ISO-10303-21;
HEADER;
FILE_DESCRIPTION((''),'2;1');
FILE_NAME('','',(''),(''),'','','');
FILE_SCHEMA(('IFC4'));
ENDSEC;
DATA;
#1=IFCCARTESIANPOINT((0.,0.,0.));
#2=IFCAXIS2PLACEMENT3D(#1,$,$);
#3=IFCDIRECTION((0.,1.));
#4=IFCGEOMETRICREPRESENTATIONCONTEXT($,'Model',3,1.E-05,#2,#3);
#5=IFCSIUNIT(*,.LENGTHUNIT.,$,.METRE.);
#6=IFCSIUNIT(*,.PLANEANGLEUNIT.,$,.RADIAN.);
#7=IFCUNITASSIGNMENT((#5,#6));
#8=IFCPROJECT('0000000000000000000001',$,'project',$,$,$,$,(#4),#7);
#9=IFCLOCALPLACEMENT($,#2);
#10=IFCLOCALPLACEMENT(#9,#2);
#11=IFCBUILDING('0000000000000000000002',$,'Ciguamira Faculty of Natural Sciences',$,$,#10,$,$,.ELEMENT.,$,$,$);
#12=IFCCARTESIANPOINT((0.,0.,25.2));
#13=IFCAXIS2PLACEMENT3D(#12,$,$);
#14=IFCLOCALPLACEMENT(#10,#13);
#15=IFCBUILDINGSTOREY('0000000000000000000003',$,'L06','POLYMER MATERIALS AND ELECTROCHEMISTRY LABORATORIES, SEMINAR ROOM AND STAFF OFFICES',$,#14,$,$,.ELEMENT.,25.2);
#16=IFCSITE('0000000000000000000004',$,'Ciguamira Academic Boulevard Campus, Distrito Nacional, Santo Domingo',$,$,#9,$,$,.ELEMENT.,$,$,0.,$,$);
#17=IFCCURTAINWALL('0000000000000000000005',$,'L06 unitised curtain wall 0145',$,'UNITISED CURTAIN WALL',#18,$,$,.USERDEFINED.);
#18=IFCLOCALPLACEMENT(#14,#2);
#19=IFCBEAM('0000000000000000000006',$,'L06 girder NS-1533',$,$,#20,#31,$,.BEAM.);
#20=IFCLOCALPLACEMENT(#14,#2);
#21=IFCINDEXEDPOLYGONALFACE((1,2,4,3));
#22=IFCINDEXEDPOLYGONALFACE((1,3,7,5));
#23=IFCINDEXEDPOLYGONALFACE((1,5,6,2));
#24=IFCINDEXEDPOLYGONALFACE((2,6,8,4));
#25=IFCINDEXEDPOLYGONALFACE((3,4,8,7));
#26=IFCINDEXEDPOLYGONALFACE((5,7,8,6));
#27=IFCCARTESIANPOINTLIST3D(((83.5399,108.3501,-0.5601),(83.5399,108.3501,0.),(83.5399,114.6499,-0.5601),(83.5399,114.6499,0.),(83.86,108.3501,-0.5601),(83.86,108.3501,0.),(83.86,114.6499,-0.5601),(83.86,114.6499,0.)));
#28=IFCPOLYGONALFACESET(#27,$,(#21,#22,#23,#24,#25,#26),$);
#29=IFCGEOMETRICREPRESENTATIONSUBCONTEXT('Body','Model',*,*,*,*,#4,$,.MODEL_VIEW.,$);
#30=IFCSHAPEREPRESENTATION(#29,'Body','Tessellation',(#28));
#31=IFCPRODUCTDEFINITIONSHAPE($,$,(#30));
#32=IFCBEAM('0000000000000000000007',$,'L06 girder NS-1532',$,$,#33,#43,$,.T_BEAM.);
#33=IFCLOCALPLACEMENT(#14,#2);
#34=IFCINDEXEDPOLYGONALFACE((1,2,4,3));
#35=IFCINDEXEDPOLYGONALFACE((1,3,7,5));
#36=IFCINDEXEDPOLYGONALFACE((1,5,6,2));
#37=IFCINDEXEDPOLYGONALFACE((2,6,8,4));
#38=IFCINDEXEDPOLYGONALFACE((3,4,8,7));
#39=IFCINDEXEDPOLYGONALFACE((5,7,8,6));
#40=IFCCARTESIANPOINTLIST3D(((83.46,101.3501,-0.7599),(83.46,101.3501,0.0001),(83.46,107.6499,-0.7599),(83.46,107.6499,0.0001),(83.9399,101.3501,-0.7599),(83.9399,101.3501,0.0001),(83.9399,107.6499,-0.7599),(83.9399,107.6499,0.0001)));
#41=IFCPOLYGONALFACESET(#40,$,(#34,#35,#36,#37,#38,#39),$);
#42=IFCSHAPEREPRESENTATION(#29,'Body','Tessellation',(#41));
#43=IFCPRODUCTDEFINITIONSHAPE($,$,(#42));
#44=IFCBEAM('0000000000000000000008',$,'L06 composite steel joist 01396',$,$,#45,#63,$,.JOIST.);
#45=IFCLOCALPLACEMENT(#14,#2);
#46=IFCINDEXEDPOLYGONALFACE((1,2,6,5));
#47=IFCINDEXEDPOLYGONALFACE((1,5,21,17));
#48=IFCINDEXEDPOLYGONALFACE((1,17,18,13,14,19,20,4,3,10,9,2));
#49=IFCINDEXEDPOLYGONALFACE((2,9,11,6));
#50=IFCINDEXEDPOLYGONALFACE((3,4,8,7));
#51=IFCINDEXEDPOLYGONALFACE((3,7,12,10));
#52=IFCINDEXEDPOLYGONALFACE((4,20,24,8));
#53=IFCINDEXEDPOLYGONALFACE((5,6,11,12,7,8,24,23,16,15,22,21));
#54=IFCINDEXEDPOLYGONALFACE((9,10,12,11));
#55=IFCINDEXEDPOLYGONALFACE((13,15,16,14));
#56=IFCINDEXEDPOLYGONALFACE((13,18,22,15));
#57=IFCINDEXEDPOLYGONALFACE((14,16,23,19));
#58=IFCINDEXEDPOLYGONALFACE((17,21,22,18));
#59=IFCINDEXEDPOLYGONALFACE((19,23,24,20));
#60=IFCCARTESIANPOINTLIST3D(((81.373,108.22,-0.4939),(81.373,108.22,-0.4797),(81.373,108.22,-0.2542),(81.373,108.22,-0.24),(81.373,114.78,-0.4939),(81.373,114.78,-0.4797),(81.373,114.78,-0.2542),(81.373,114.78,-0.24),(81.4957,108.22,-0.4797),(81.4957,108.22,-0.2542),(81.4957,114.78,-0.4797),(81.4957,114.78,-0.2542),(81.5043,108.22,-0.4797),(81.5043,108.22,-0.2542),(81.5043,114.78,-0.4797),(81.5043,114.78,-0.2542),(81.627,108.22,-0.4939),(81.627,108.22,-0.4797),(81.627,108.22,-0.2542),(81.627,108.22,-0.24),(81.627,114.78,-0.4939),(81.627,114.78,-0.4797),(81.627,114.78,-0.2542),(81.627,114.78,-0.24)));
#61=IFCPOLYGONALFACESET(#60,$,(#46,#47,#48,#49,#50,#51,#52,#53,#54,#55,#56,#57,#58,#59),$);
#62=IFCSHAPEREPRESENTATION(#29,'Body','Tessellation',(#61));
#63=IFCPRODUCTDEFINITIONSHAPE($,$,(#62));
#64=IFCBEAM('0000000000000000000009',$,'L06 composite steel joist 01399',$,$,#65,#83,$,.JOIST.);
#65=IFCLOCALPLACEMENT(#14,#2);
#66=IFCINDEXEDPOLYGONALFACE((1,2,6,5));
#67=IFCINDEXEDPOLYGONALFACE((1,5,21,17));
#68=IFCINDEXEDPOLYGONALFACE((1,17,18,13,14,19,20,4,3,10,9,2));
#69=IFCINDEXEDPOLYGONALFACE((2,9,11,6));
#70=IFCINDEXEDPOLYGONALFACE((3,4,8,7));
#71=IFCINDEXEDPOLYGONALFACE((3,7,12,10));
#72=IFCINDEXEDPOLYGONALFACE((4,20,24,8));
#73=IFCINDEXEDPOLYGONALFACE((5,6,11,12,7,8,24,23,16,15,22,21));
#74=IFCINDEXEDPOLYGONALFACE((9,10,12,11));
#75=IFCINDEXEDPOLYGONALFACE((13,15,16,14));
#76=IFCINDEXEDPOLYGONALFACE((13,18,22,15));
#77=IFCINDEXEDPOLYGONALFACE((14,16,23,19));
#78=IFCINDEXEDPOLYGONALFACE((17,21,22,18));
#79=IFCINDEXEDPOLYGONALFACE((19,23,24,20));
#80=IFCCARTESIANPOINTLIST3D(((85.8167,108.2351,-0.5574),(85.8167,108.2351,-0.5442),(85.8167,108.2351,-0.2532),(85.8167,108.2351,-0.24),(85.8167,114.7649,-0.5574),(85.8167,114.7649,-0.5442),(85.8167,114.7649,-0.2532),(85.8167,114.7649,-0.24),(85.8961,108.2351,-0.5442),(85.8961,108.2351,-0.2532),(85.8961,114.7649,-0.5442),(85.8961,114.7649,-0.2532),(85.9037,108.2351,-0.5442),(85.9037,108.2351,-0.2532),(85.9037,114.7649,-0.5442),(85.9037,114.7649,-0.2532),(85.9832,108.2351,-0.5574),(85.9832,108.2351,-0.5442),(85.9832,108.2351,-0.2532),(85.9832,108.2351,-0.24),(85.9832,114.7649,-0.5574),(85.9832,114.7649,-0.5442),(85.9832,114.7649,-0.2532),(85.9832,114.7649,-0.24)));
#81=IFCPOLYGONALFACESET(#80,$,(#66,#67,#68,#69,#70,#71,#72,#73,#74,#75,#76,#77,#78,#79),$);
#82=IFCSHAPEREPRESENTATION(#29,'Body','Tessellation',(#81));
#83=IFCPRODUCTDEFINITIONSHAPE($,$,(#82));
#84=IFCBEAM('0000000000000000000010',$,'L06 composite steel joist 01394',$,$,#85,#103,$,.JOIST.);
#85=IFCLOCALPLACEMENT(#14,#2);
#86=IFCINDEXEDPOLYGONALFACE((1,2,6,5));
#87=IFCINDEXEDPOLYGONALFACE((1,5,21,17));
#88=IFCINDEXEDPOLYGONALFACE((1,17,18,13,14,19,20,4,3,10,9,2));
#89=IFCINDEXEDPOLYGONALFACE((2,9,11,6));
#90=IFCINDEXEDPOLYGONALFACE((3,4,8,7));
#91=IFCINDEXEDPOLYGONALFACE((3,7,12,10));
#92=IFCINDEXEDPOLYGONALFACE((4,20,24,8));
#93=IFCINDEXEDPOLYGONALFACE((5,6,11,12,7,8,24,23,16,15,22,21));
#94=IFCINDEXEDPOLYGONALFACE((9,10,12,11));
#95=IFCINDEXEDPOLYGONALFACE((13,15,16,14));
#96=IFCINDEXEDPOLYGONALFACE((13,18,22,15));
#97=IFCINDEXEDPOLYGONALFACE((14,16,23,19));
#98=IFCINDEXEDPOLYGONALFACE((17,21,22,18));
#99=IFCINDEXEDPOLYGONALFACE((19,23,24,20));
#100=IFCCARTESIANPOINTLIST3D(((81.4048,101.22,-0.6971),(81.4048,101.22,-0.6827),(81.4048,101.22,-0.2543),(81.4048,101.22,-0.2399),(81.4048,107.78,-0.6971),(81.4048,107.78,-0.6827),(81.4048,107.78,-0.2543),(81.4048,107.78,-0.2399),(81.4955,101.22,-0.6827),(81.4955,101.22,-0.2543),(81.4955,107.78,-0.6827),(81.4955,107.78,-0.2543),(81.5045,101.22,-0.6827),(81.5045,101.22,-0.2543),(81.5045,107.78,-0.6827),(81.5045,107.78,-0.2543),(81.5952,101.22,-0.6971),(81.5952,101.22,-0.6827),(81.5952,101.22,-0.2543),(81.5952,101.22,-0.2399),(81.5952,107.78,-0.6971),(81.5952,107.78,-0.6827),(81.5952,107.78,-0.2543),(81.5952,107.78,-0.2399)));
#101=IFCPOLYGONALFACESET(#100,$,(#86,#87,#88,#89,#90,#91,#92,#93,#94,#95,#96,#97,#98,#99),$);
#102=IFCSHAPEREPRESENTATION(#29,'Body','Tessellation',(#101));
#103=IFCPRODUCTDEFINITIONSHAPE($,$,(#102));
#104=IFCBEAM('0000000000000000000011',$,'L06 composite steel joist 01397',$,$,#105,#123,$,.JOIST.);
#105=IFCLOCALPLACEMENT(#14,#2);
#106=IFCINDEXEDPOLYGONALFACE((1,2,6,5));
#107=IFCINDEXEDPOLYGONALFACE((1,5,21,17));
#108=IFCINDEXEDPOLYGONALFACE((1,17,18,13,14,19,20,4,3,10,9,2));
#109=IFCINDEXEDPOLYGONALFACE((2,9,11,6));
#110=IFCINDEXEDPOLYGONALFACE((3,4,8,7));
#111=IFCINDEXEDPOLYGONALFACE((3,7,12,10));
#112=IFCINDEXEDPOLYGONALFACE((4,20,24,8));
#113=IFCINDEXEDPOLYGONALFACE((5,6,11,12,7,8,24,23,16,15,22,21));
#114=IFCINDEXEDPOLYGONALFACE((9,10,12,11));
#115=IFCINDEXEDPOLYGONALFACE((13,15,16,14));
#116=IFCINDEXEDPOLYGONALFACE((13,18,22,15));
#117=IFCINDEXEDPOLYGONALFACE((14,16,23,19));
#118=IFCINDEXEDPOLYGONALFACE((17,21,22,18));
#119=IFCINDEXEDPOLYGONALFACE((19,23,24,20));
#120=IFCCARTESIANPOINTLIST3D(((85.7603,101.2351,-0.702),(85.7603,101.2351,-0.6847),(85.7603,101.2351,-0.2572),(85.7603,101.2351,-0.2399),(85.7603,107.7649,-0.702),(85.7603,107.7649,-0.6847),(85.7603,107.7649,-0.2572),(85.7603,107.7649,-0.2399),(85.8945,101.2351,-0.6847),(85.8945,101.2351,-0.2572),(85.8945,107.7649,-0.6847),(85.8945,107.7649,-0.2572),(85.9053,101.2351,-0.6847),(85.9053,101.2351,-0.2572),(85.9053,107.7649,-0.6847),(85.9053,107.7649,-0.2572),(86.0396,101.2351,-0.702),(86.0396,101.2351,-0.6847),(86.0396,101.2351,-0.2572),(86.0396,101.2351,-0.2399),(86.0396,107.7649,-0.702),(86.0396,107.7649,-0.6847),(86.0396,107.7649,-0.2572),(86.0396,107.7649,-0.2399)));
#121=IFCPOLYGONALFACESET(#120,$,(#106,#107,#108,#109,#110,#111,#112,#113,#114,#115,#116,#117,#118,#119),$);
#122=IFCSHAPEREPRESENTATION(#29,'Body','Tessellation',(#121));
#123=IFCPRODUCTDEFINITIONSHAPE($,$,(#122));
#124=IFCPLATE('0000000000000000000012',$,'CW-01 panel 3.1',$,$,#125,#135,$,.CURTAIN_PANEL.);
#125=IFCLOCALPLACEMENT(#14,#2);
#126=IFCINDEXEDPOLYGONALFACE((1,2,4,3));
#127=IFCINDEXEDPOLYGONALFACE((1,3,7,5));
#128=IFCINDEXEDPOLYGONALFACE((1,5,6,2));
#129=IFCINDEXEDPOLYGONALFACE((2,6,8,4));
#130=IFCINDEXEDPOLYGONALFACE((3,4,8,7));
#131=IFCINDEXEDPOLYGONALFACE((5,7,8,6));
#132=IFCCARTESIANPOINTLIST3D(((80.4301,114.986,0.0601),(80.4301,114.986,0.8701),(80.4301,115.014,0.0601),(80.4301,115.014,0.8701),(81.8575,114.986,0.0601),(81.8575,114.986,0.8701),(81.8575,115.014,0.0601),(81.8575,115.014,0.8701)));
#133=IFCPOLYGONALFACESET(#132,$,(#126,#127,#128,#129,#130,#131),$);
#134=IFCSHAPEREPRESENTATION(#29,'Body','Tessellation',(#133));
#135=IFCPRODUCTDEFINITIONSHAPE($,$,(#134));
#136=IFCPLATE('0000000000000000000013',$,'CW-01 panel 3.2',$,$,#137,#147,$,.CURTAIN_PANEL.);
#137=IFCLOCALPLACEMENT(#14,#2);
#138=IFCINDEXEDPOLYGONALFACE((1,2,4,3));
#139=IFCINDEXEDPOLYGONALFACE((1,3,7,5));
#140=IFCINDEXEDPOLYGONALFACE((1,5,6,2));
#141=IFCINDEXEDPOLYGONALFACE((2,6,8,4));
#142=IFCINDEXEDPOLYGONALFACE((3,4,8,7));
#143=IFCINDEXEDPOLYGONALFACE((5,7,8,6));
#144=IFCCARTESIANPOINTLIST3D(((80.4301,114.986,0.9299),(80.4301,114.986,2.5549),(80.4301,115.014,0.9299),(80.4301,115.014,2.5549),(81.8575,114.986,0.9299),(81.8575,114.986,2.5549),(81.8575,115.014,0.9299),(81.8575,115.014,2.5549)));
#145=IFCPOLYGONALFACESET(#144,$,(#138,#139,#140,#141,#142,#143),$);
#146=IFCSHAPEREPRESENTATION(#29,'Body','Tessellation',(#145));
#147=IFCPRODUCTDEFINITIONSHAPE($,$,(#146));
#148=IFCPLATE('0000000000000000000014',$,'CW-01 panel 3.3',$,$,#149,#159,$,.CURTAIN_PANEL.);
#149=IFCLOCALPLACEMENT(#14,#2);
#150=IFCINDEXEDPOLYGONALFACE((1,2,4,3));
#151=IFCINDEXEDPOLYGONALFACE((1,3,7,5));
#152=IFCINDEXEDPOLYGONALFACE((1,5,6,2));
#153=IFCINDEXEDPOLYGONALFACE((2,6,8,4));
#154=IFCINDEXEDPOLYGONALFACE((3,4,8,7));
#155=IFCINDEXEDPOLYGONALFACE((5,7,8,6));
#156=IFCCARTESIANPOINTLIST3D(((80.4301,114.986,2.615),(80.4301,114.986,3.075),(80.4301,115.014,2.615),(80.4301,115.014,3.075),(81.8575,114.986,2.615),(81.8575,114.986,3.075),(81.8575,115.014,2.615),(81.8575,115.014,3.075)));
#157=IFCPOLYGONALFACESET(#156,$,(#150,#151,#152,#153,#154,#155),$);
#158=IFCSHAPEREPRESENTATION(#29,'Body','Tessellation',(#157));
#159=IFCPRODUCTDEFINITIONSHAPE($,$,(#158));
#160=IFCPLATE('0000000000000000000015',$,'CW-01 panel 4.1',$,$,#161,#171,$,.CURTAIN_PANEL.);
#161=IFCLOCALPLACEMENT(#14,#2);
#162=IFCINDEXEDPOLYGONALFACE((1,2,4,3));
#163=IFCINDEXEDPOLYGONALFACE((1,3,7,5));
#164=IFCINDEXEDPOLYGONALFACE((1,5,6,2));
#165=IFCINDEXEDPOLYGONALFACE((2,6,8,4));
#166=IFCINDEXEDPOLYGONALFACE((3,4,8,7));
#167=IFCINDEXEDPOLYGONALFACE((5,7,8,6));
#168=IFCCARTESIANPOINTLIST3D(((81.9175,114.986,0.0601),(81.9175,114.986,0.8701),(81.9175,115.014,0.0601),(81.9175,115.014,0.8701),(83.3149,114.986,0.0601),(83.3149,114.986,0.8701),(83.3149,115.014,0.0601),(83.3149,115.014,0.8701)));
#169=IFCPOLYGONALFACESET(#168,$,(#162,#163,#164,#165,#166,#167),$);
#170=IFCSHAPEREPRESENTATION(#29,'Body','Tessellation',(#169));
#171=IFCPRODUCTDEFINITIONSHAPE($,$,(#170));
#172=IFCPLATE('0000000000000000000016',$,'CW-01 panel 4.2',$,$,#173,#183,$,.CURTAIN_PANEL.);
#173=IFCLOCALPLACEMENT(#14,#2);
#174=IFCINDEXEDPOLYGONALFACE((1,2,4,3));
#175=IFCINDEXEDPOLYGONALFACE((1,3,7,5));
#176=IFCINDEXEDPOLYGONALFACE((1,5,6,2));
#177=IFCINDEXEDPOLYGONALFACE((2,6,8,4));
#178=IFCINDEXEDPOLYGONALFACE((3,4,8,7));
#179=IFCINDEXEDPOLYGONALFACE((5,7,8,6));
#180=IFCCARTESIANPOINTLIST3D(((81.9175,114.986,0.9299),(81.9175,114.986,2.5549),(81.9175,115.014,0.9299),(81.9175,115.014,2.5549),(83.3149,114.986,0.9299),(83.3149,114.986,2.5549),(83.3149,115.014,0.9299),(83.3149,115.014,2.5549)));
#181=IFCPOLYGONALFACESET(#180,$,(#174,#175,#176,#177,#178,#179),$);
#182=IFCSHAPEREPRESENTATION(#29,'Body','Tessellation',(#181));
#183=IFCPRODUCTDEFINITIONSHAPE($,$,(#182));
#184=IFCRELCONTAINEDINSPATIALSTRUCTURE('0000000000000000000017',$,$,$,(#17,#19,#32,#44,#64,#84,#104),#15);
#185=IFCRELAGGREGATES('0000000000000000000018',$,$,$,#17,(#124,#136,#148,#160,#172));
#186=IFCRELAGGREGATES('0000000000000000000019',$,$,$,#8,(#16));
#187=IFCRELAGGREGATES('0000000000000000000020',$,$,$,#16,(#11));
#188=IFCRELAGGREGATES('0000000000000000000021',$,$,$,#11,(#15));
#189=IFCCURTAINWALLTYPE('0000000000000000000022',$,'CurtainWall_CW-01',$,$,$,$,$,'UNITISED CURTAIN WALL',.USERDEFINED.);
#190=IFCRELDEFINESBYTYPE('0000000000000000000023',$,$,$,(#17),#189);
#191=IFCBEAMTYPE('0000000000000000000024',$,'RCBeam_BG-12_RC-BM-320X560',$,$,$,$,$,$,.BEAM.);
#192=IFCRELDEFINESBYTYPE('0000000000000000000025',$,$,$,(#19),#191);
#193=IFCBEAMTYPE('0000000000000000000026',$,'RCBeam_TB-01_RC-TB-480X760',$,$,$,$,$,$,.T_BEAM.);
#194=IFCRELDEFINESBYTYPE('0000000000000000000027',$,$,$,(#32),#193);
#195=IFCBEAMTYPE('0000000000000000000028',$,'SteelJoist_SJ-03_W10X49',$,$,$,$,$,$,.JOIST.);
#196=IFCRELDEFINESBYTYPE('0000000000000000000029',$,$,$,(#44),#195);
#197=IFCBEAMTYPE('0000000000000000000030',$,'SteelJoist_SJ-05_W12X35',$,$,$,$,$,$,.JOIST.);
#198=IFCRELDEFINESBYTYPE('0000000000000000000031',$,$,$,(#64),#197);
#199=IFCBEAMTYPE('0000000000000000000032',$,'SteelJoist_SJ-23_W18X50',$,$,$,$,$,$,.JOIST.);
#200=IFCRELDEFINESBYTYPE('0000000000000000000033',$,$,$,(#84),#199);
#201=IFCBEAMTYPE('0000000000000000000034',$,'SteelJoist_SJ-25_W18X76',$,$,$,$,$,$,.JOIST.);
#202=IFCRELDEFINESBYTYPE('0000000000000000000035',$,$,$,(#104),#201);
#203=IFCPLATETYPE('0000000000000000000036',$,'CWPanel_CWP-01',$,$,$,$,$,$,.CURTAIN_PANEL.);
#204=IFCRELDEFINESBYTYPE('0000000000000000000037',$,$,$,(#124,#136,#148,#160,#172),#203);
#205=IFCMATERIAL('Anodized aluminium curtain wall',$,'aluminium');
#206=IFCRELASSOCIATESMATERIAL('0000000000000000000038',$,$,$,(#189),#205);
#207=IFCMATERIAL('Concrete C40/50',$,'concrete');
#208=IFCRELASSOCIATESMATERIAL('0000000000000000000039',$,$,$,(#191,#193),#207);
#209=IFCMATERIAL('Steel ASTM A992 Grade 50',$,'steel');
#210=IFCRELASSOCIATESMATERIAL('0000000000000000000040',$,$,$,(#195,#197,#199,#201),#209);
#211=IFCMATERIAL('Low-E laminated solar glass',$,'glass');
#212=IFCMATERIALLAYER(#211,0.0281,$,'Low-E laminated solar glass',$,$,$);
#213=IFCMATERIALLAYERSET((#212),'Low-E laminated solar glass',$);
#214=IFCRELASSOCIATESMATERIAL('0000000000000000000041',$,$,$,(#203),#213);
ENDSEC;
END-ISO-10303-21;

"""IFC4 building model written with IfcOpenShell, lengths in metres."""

from ifc_helpers import new_model, si_unit, direction, frame, origin, origin_2d, place, context, subcontext, project, spatial, rectangle, i_section, extrude, material, layer, layer_set, material_profile, profile_set, type_object, element, aggregate, save


model = new_model("IFC4")

# Units and contexts
model_context = context("Model", 3, precision=1e-05, world=origin(), true_north=direction((0.0, 1.0)))
body_context = subcontext(model_context, "Body", "Model", "MODEL_VIEW")
ifc_project = project(units=[si_unit("LENGTHUNIT", "METRE"), si_unit("PLANEANGLEUNIT", "RADIAN")], contexts=[model_context])

# Site, building, storey
site_placement = place(None, origin())
site = spatial("IfcSite", under=ifc_project, at=site_placement, Name="Ciguamira Academic Boulevard Campus, Distrito Nacional, Santo Domingo", CompositionType="ELEMENT", RefElevation=0.0)
building_placement = place(site_placement, origin())
building = spatial("IfcBuilding", under=site, at=building_placement, Name="Ciguamira Faculty of Natural Sciences", CompositionType="ELEMENT")
storey_placement = place(building_placement, frame((0.0, 0.0, 25.2)))
storey = spatial("IfcBuildingStorey", under=building, at=storey_placement, Name="L06", Description="POLYMER MATERIALS AND ELECTROCHEMISTRY LABORATORIES, SEMINAR ROOM AND STAFF OFFICES", CompositionType="ELEMENT", Elevation=25.2)

# Shared definitions
ifc_material_1 = material(Name="Concrete C40/50", Category="concrete")

# Curtain wall
ifc_material_2 = material(Name="Anodized aluminium curtain wall", Category="aluminium")
curtain_wall_type = type_object("IfcCurtainWallType", Name="CurtainWall_CW-01", ElementType="UNITISED CURTAIN WALL", PredefinedType="USERDEFINED", material=ifc_material_2)
curtain_wall_placement = place(storey_placement, origin())
curtain_wall = element("IfcCurtainWall", 1, at=curtain_wall_placement, inside=storey, type_object=curtain_wall_type, Name="L06 unitised curtain wall 0145", ObjectType="UNITISED CURTAIN WALL", PredefinedType="USERDEFINED")

# Beams
ifc_material_profile_1 = material_profile(ifc_material_1, rectangle(XDim=0.3201, YDim=0.5601, at=origin_2d()), Name="RC-BM-320X560")
ifc_profile_set_1 = profile_set([ifc_material_profile_1], Name="Concrete C40/50")
beam_type_1 = type_object("IfcBeamType", Name="RCBeam_BG-12_RC-BM-320X560", PredefinedType="BEAM", material=ifc_profile_set_1)
beam_1_placement = place(storey_placement, frame((83.7, 108.3501, -0.28), z_axis=(0.0, 1.0, 0.0), x_axis=(-1.0, 0.0, 0.0)))
element("IfcBeam", 2, at=beam_1_placement, inside=storey, type_object=beam_type_1, Name="L06 girder NS-1533", PredefinedType="BEAM", context=body_context, shape_type="SweptSolid", body=[
    extrude(rectangle(XDim=0.3201, YDim=0.5601, at=origin_2d()), origin(), (0.0, 0.0, 1.0), 6.2998),
])
ifc_material_profile_2 = material_profile(ifc_material_1, rectangle(XDim=0.48, YDim=0.76, at=origin_2d()), Name="RC-TB-480X760")
ifc_profile_set_2 = profile_set([ifc_material_profile_2], Name="Concrete C40/50")
beam_type_2 = type_object("IfcBeamType", Name="RCBeam_TB-01_RC-TB-480X760", PredefinedType="T_BEAM", material=ifc_profile_set_2)
beam_2_placement = place(storey_placement, frame((83.7, 101.3501, -0.3799), z_axis=(0.0, 1.0, 0.0), x_axis=(-1.0, 0.0, 0.0)))
element("IfcBeam", 3, at=beam_2_placement, inside=storey, type_object=beam_type_2, Name="L06 girder NS-1532", PredefinedType="T_BEAM", context=body_context, shape_type="SweptSolid", body=[
    extrude(rectangle(XDim=0.48, YDim=0.76, at=origin_2d()), origin(), (0.0, 0.0, 1.0), 6.2998),
])
ifc_material_3 = material(Name="Steel ASTM A992 Grade 50", Category="steel")
ifc_material_profile_3 = material_profile(ifc_material_3, i_section(OverallWidth=0.2539, OverallDepth=0.2539, WebThickness=0.0085, FlangeThickness=0.0142, at=origin_2d()), Name="W10X49")
ifc_profile_set_3 = profile_set([ifc_material_profile_3], Name="Steel ASTM A992 Grade 50")
beam_type_3 = type_object("IfcBeamType", Name="SteelJoist_SJ-03_W10X49", PredefinedType="JOIST", material=ifc_profile_set_3)
beam_3_placement = place(storey_placement, frame((81.5, 108.22, -0.3669), z_axis=(0.0, 1.0, 0.0), x_axis=(-1.0, 0.0, 0.0)))
element("IfcBeam", 4, at=beam_3_placement, inside=storey, type_object=beam_type_3, Name="L06 composite steel joist 01396", PredefinedType="JOIST", context=body_context, shape_type="SweptSolid", body=[
    extrude(i_section(OverallWidth=0.2539, OverallDepth=0.2539, WebThickness=0.0085, FlangeThickness=0.0142, at=origin_2d()), origin(), (0.0, 0.0, 1.0), 6.5601),
])
ifc_material_profile_4 = material_profile(ifc_material_3, i_section(OverallWidth=0.1665, OverallDepth=0.3174, WebThickness=0.0076, FlangeThickness=0.0132, at=origin_2d()), Name="W12X35")
ifc_profile_set_4 = profile_set([ifc_material_profile_4], Name="Steel ASTM A992 Grade 50")
beam_type_4 = type_object("IfcBeamType", Name="SteelJoist_SJ-05_W12X35", PredefinedType="JOIST", material=ifc_profile_set_4)
beam_4_placement = place(storey_placement, frame((85.8999, 108.2351, -0.3987), z_axis=(0.0, 1.0, 0.0), x_axis=(-1.0, 0.0, 0.0)))
element("IfcBeam", 5, at=beam_4_placement, inside=storey, type_object=beam_type_4, Name="L06 composite steel joist 01399", PredefinedType="JOIST", context=body_context, shape_type="SweptSolid", body=[
    extrude(i_section(OverallWidth=0.1665, OverallDepth=0.3174, WebThickness=0.0076, FlangeThickness=0.0132, at=origin_2d()), origin(), (0.0, 0.0, 1.0), 6.5298),
])
ifc_material_profile_5 = material_profile(ifc_material_3, i_section(OverallWidth=0.1904, OverallDepth=0.4573, WebThickness=0.009, FlangeThickness=0.0144, at=origin_2d()), Name="W18X50")
ifc_profile_set_5 = profile_set([ifc_material_profile_5], Name="Steel ASTM A992 Grade 50")
beam_type_5 = type_object("IfcBeamType", Name="SteelJoist_SJ-23_W18X50", PredefinedType="JOIST", material=ifc_profile_set_5)
beam_5_placement = place(storey_placement, frame((81.5, 101.22, -0.4685), z_axis=(0.0, 1.0, 0.0), x_axis=(-1.0, 0.0, 0.0)))
element("IfcBeam", 6, at=beam_5_placement, inside=storey, type_object=beam_type_5, Name="L06 composite steel joist 01394", PredefinedType="JOIST", context=body_context, shape_type="SweptSolid", body=[
    extrude(i_section(OverallWidth=0.1904, OverallDepth=0.4573, WebThickness=0.009, FlangeThickness=0.0144, at=origin_2d()), origin(), (0.0, 0.0, 1.0), 6.5601),
])
ifc_material_profile_6 = material_profile(ifc_material_3, i_section(OverallWidth=0.2793, OverallDepth=0.4622, WebThickness=0.0107, FlangeThickness=0.0173, at=origin_2d()), Name="W18X76")
ifc_profile_set_6 = profile_set([ifc_material_profile_6], Name="Steel ASTM A992 Grade 50")
beam_type_6 = type_object("IfcBeamType", Name="SteelJoist_SJ-25_W18X76", PredefinedType="JOIST", material=ifc_profile_set_6)
beam_6_placement = place(storey_placement, frame((85.8999, 101.2351, -0.4709), z_axis=(0.0, 1.0, 0.0), x_axis=(-1.0, 0.0, 0.0)))
element("IfcBeam", 7, at=beam_6_placement, inside=storey, type_object=beam_type_6, Name="L06 composite steel joist 01397", PredefinedType="JOIST", context=body_context, shape_type="SweptSolid", body=[
    extrude(i_section(OverallWidth=0.2793, OverallDepth=0.4622, WebThickness=0.0107, FlangeThickness=0.0173, at=origin_2d()), origin(), (0.0, 0.0, 1.0), 6.5298),
])

# Plates
ifc_material_4 = material(Name="Low-E laminated solar glass", Category="glass")
ifc_layer_1 = layer(ifc_material_4, 0.0281, Name="Low-E laminated solar glass")
ifc_layer_set_1 = layer_set([ifc_layer_1], Name="Low-E laminated solar glass")
plate_type = type_object("IfcPlateType", Name="CWPanel_CWP-01", PredefinedType="CURTAIN_PANEL", material=ifc_layer_set_1)
plate_1_placement = place(storey_placement, frame((81.1438, 115.0, 0.0601), z_axis=(0.0, 0.0, 1.0), x_axis=(1.0, 0.0, 0.0)))
plate_1 = element("IfcPlate", 8, at=plate_1_placement, type_object=plate_type, Name="CW-01 panel 3.1", PredefinedType="CURTAIN_PANEL", context=body_context, shape_type="SweptSolid", body=[
    extrude(rectangle(XDim=1.4275, YDim=0.0281, at=origin_2d()), origin(), (0.0, 0.0, 1.0), 0.8101),
])
plate_2_placement = place(storey_placement, frame((81.1438, 115.0, 0.9299), z_axis=(0.0, 0.0, 1.0), x_axis=(1.0, 0.0, 0.0)))
plate_2 = element("IfcPlate", 9, at=plate_2_placement, type_object=plate_type, Name="CW-01 panel 3.2", PredefinedType="CURTAIN_PANEL", context=body_context, shape_type="SweptSolid", body=[
    extrude(rectangle(XDim=1.4275, YDim=0.0281, at=origin_2d()), origin(), (0.0, 0.0, 1.0), 1.625),
])
plate_3_placement = place(storey_placement, frame((81.1438, 115.0, 2.615), z_axis=(0.0, 0.0, 1.0), x_axis=(1.0, 0.0, 0.0)))
plate_3 = element("IfcPlate", 10, at=plate_3_placement, type_object=plate_type, Name="CW-01 panel 3.3", PredefinedType="CURTAIN_PANEL", context=body_context, shape_type="SweptSolid", body=[
    extrude(rectangle(XDim=1.4275, YDim=0.0281, at=origin_2d()), origin(), (0.0, 0.0, 1.0), 0.46),
])
plate_4_placement = place(storey_placement, frame((82.6162, 115.0, 0.0601), z_axis=(0.0, 0.0, 1.0), x_axis=(1.0, 0.0, 0.0)))
plate_4 = element("IfcPlate", 11, at=plate_4_placement, type_object=plate_type, Name="CW-01 panel 4.1", PredefinedType="CURTAIN_PANEL", context=body_context, shape_type="SweptSolid", body=[
    extrude(rectangle(XDim=1.3975, YDim=0.0281, at=origin_2d()), origin(), (0.0, 0.0, 1.0), 0.8101),
])
plate_5_placement = place(storey_placement, frame((82.6162, 115.0, 0.9299), z_axis=(0.0, 0.0, 1.0), x_axis=(1.0, 0.0, 0.0)))
plate_5 = element("IfcPlate", 12, at=plate_5_placement, type_object=plate_type, Name="CW-01 panel 4.2", PredefinedType="CURTAIN_PANEL", context=body_context, shape_type="SweptSolid", body=[
    extrude(rectangle(XDim=1.3975, YDim=0.0281, at=origin_2d()), origin(), (0.0, 0.0, 1.0), 1.625),
])
aggregate(curtain_wall, [plate_1, plate_2, plate_3, plate_4, plate_5])

save(model, "model.ifc")
